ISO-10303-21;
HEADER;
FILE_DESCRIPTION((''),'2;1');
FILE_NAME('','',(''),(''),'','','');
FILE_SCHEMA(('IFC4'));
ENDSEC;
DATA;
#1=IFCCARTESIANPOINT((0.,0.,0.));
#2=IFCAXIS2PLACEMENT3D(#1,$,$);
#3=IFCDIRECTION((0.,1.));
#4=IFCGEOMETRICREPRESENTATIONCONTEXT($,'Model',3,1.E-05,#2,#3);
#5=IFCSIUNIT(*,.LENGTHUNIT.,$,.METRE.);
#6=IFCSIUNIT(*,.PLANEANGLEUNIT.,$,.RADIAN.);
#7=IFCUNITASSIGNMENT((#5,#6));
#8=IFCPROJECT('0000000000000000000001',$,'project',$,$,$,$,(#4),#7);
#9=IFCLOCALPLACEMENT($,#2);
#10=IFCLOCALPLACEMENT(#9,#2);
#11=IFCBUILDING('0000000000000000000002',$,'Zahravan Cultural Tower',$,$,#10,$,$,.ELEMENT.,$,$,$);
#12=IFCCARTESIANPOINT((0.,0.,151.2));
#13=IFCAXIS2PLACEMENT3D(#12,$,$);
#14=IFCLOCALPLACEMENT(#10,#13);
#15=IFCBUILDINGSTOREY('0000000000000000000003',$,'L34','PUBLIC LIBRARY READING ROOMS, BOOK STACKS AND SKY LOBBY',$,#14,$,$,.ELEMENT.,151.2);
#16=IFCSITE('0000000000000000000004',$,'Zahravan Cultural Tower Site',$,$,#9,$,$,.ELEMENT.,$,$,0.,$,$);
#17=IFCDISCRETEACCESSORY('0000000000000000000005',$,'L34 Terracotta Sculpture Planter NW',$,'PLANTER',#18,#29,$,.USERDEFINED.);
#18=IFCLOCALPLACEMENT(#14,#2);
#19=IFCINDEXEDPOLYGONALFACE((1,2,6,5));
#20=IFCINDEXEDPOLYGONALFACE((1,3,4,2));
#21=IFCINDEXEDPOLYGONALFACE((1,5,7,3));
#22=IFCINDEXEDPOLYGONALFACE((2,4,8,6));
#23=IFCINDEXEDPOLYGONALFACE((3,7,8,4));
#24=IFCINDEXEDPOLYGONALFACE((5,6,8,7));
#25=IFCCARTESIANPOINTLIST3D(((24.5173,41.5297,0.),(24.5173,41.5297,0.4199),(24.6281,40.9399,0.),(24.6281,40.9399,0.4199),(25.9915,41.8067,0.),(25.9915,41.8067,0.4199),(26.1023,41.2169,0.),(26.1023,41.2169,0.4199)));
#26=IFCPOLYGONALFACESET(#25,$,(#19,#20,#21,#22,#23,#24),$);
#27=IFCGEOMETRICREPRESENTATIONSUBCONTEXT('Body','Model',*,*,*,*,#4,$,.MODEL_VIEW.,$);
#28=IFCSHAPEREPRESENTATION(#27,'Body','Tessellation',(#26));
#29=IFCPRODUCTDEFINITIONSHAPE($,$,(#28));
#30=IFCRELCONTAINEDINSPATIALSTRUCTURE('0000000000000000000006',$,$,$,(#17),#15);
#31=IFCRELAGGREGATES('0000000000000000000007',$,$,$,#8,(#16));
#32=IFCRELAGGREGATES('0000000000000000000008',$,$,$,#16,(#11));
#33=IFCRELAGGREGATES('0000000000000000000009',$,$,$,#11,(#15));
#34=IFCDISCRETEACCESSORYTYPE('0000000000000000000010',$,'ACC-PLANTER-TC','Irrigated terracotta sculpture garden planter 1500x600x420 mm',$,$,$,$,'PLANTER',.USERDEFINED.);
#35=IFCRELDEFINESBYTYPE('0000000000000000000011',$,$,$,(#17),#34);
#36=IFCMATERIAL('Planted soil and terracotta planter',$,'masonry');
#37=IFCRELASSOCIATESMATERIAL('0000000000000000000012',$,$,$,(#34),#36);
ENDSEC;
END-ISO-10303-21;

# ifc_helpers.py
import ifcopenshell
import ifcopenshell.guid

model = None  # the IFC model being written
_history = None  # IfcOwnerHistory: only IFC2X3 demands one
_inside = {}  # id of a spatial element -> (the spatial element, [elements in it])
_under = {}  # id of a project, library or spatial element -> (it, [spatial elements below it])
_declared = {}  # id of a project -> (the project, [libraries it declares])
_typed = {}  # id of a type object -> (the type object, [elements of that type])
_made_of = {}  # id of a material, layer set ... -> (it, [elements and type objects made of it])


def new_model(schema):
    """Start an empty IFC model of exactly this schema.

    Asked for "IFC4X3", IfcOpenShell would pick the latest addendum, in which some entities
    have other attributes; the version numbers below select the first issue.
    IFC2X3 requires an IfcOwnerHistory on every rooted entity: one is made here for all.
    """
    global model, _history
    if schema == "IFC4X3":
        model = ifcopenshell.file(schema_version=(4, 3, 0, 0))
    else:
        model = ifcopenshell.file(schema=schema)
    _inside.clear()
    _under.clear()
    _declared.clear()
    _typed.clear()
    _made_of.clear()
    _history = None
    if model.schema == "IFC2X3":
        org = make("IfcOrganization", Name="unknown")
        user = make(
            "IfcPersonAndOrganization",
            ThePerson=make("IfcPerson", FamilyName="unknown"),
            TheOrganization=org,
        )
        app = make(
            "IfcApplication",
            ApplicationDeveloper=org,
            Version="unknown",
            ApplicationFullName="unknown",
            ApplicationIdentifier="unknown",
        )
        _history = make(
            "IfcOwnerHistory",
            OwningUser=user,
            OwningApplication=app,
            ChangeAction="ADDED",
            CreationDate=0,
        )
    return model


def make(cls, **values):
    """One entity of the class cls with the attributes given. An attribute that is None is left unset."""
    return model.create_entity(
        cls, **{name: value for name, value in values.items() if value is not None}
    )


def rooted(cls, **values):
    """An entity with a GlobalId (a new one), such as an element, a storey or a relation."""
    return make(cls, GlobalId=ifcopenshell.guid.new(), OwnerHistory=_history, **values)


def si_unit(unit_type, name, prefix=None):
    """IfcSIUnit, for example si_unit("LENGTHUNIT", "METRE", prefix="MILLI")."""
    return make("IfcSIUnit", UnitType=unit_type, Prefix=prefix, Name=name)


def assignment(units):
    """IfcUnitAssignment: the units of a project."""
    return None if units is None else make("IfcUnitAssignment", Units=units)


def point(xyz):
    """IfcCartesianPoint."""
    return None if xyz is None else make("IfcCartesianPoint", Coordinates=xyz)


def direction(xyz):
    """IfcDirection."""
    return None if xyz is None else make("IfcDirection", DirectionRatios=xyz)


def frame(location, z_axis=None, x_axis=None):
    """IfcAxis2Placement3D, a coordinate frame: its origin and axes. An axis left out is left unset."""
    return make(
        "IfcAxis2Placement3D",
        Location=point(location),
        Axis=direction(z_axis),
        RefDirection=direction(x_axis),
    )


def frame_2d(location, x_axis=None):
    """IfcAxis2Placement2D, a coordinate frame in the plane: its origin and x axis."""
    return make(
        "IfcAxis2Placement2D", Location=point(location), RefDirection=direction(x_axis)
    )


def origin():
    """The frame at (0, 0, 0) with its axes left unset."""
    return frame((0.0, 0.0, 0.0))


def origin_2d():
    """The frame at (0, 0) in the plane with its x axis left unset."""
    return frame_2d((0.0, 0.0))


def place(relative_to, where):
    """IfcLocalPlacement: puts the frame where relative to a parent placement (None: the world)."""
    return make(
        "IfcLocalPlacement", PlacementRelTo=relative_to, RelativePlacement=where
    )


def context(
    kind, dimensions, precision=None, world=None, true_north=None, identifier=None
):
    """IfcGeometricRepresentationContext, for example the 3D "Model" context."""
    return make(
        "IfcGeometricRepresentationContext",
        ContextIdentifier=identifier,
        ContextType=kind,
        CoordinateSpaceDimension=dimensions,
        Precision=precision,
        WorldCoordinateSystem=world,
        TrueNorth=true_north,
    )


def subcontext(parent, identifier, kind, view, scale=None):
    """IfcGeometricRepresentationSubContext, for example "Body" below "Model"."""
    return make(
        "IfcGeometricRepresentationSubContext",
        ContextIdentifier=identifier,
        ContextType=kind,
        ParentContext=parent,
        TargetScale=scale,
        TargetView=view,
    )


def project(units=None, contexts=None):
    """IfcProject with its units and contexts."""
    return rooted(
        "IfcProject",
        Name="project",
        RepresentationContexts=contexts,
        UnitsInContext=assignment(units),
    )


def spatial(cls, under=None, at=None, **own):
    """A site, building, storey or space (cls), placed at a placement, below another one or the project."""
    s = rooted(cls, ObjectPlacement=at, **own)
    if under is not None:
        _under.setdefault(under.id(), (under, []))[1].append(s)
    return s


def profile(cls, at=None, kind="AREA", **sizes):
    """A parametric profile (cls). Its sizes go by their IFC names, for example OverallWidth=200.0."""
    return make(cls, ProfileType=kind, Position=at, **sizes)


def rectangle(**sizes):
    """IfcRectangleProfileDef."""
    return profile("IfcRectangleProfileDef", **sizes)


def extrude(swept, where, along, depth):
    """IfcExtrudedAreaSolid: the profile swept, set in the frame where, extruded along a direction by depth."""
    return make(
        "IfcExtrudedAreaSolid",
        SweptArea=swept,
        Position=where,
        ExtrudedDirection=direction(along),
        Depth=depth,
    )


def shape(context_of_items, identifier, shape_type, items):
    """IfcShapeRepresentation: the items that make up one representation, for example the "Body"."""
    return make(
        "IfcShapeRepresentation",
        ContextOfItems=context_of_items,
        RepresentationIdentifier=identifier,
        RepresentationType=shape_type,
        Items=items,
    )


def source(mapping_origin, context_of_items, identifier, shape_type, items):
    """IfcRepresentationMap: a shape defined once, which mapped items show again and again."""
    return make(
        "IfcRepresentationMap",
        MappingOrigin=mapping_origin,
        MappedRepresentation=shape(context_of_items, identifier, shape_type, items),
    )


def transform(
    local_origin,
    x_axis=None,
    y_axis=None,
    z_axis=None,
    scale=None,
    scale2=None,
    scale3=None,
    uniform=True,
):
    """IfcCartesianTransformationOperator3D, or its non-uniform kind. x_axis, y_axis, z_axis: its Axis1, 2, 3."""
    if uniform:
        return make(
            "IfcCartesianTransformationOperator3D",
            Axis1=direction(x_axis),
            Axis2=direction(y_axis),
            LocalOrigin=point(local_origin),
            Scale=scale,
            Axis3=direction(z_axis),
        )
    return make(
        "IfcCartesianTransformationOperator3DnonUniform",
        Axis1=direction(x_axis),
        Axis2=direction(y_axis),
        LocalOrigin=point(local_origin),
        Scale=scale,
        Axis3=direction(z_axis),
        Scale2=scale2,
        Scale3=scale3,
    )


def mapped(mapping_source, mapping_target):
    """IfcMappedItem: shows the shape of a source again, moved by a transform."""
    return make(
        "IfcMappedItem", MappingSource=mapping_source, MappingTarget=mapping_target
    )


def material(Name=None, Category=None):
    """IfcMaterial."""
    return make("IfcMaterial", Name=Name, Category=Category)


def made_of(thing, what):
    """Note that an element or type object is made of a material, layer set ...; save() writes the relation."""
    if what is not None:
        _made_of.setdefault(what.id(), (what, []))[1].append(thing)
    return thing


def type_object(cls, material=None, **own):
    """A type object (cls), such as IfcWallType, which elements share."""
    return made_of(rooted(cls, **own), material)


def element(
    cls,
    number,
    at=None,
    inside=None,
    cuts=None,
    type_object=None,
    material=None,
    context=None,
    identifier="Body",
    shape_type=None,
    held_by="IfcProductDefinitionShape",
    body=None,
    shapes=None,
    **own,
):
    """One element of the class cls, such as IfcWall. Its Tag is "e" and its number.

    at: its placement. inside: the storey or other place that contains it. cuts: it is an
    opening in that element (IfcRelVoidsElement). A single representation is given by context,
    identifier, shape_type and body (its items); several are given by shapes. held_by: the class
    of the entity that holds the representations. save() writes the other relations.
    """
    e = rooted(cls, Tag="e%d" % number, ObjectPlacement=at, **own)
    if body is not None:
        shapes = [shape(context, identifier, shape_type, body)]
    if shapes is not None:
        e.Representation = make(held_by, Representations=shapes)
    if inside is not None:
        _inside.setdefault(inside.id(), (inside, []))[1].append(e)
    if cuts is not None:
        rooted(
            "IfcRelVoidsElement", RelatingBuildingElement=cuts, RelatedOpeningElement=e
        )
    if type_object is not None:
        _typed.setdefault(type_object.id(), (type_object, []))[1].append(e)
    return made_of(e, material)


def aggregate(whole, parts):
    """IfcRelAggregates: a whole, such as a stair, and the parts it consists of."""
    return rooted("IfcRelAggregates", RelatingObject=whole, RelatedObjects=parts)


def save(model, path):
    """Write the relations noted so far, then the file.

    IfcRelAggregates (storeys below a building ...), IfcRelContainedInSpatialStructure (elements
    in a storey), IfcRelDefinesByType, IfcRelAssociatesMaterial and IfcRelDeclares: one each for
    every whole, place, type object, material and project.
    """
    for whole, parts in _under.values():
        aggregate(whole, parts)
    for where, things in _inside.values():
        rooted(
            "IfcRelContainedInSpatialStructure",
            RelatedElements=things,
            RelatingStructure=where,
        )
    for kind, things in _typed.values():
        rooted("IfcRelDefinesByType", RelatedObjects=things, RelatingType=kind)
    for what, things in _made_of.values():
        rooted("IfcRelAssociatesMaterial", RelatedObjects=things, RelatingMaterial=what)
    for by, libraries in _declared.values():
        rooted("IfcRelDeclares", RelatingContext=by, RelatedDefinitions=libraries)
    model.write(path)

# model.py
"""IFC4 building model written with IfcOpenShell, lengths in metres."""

from ifc_helpers import new_model, si_unit, direction, frame, origin, origin_2d, place, context, subcontext, project, spatial, rectangle, extrude, source, transform, mapped, material, type_object, element, save


model = new_model("IFC4")

# Units and contexts
model_context = context("Model", 3, precision=1e-05, world=origin(), true_north=direction((0.0, 1.0)))
body_context = subcontext(model_context, "Body", "Model", "MODEL_VIEW")
ifc_project = project(units=[si_unit("LENGTHUNIT", "METRE"), si_unit("PLANEANGLEUNIT", "RADIAN")], contexts=[model_context])

# Site, building, storey
site_placement = place(None, origin())
site = spatial("IfcSite", under=ifc_project, at=site_placement, Name="Zahravan Cultural Tower Site", CompositionType="ELEMENT", RefElevation=0.0)
building_placement = place(site_placement, origin())
building = spatial("IfcBuilding", under=site, at=building_placement, Name="Zahravan Cultural Tower", CompositionType="ELEMENT")
storey_placement = place(building_placement, frame((0.0, 0.0, 151.2)))
storey = spatial("IfcBuildingStorey", under=building, at=storey_placement, Name="L34", Description="PUBLIC LIBRARY READING ROOMS, BOOK STACKS AND SKY LOBBY", CompositionType="ELEMENT", Elevation=151.2)

# Discrete accessory
ifc_material_1 = material(Name="Planted soil and terracotta planter", Category="masonry")
discrete_accessory_type = type_object("IfcDiscreteAccessoryType", Name="ACC-PLANTER-TC", Description="Irrigated terracotta sculpture garden planter 1500x600x420 mm", ElementType="PLANTER", PredefinedType="USERDEFINED", material=ifc_material_1)
shared_shape_1 = source(origin(), body_context, "Body", "SweptSolid", [
    extrude(rectangle(XDim=1.5, YDim=0.6001, at=origin_2d()), origin(), (0.0, 0.0, 1.0), 0.4199),
])
discrete_accessory_placement = place(storey_placement, frame((25.3098, 41.3733, 0.0), z_axis=(0.0, 0.0, 1.0), x_axis=(0.982807, 0.184638, 0.0)))
element("IfcDiscreteAccessory", 1, at=discrete_accessory_placement, inside=storey, type_object=discrete_accessory_type, Name="L34 Terracotta Sculpture Planter NW", ObjectType="PLANTER", PredefinedType="USERDEFINED", context=body_context, shape_type="MappedRepresentation", body=[
    mapped(shared_shape_1, transform((0.0, 0.0, 0.0), x_axis=(1.0, 0.0, 0.0), y_axis=(0.0, 1.0, 0.0), z_axis=(0.0, 0.0, 1.0), scale=1.0)),
])

save(model, "model.ifc")
